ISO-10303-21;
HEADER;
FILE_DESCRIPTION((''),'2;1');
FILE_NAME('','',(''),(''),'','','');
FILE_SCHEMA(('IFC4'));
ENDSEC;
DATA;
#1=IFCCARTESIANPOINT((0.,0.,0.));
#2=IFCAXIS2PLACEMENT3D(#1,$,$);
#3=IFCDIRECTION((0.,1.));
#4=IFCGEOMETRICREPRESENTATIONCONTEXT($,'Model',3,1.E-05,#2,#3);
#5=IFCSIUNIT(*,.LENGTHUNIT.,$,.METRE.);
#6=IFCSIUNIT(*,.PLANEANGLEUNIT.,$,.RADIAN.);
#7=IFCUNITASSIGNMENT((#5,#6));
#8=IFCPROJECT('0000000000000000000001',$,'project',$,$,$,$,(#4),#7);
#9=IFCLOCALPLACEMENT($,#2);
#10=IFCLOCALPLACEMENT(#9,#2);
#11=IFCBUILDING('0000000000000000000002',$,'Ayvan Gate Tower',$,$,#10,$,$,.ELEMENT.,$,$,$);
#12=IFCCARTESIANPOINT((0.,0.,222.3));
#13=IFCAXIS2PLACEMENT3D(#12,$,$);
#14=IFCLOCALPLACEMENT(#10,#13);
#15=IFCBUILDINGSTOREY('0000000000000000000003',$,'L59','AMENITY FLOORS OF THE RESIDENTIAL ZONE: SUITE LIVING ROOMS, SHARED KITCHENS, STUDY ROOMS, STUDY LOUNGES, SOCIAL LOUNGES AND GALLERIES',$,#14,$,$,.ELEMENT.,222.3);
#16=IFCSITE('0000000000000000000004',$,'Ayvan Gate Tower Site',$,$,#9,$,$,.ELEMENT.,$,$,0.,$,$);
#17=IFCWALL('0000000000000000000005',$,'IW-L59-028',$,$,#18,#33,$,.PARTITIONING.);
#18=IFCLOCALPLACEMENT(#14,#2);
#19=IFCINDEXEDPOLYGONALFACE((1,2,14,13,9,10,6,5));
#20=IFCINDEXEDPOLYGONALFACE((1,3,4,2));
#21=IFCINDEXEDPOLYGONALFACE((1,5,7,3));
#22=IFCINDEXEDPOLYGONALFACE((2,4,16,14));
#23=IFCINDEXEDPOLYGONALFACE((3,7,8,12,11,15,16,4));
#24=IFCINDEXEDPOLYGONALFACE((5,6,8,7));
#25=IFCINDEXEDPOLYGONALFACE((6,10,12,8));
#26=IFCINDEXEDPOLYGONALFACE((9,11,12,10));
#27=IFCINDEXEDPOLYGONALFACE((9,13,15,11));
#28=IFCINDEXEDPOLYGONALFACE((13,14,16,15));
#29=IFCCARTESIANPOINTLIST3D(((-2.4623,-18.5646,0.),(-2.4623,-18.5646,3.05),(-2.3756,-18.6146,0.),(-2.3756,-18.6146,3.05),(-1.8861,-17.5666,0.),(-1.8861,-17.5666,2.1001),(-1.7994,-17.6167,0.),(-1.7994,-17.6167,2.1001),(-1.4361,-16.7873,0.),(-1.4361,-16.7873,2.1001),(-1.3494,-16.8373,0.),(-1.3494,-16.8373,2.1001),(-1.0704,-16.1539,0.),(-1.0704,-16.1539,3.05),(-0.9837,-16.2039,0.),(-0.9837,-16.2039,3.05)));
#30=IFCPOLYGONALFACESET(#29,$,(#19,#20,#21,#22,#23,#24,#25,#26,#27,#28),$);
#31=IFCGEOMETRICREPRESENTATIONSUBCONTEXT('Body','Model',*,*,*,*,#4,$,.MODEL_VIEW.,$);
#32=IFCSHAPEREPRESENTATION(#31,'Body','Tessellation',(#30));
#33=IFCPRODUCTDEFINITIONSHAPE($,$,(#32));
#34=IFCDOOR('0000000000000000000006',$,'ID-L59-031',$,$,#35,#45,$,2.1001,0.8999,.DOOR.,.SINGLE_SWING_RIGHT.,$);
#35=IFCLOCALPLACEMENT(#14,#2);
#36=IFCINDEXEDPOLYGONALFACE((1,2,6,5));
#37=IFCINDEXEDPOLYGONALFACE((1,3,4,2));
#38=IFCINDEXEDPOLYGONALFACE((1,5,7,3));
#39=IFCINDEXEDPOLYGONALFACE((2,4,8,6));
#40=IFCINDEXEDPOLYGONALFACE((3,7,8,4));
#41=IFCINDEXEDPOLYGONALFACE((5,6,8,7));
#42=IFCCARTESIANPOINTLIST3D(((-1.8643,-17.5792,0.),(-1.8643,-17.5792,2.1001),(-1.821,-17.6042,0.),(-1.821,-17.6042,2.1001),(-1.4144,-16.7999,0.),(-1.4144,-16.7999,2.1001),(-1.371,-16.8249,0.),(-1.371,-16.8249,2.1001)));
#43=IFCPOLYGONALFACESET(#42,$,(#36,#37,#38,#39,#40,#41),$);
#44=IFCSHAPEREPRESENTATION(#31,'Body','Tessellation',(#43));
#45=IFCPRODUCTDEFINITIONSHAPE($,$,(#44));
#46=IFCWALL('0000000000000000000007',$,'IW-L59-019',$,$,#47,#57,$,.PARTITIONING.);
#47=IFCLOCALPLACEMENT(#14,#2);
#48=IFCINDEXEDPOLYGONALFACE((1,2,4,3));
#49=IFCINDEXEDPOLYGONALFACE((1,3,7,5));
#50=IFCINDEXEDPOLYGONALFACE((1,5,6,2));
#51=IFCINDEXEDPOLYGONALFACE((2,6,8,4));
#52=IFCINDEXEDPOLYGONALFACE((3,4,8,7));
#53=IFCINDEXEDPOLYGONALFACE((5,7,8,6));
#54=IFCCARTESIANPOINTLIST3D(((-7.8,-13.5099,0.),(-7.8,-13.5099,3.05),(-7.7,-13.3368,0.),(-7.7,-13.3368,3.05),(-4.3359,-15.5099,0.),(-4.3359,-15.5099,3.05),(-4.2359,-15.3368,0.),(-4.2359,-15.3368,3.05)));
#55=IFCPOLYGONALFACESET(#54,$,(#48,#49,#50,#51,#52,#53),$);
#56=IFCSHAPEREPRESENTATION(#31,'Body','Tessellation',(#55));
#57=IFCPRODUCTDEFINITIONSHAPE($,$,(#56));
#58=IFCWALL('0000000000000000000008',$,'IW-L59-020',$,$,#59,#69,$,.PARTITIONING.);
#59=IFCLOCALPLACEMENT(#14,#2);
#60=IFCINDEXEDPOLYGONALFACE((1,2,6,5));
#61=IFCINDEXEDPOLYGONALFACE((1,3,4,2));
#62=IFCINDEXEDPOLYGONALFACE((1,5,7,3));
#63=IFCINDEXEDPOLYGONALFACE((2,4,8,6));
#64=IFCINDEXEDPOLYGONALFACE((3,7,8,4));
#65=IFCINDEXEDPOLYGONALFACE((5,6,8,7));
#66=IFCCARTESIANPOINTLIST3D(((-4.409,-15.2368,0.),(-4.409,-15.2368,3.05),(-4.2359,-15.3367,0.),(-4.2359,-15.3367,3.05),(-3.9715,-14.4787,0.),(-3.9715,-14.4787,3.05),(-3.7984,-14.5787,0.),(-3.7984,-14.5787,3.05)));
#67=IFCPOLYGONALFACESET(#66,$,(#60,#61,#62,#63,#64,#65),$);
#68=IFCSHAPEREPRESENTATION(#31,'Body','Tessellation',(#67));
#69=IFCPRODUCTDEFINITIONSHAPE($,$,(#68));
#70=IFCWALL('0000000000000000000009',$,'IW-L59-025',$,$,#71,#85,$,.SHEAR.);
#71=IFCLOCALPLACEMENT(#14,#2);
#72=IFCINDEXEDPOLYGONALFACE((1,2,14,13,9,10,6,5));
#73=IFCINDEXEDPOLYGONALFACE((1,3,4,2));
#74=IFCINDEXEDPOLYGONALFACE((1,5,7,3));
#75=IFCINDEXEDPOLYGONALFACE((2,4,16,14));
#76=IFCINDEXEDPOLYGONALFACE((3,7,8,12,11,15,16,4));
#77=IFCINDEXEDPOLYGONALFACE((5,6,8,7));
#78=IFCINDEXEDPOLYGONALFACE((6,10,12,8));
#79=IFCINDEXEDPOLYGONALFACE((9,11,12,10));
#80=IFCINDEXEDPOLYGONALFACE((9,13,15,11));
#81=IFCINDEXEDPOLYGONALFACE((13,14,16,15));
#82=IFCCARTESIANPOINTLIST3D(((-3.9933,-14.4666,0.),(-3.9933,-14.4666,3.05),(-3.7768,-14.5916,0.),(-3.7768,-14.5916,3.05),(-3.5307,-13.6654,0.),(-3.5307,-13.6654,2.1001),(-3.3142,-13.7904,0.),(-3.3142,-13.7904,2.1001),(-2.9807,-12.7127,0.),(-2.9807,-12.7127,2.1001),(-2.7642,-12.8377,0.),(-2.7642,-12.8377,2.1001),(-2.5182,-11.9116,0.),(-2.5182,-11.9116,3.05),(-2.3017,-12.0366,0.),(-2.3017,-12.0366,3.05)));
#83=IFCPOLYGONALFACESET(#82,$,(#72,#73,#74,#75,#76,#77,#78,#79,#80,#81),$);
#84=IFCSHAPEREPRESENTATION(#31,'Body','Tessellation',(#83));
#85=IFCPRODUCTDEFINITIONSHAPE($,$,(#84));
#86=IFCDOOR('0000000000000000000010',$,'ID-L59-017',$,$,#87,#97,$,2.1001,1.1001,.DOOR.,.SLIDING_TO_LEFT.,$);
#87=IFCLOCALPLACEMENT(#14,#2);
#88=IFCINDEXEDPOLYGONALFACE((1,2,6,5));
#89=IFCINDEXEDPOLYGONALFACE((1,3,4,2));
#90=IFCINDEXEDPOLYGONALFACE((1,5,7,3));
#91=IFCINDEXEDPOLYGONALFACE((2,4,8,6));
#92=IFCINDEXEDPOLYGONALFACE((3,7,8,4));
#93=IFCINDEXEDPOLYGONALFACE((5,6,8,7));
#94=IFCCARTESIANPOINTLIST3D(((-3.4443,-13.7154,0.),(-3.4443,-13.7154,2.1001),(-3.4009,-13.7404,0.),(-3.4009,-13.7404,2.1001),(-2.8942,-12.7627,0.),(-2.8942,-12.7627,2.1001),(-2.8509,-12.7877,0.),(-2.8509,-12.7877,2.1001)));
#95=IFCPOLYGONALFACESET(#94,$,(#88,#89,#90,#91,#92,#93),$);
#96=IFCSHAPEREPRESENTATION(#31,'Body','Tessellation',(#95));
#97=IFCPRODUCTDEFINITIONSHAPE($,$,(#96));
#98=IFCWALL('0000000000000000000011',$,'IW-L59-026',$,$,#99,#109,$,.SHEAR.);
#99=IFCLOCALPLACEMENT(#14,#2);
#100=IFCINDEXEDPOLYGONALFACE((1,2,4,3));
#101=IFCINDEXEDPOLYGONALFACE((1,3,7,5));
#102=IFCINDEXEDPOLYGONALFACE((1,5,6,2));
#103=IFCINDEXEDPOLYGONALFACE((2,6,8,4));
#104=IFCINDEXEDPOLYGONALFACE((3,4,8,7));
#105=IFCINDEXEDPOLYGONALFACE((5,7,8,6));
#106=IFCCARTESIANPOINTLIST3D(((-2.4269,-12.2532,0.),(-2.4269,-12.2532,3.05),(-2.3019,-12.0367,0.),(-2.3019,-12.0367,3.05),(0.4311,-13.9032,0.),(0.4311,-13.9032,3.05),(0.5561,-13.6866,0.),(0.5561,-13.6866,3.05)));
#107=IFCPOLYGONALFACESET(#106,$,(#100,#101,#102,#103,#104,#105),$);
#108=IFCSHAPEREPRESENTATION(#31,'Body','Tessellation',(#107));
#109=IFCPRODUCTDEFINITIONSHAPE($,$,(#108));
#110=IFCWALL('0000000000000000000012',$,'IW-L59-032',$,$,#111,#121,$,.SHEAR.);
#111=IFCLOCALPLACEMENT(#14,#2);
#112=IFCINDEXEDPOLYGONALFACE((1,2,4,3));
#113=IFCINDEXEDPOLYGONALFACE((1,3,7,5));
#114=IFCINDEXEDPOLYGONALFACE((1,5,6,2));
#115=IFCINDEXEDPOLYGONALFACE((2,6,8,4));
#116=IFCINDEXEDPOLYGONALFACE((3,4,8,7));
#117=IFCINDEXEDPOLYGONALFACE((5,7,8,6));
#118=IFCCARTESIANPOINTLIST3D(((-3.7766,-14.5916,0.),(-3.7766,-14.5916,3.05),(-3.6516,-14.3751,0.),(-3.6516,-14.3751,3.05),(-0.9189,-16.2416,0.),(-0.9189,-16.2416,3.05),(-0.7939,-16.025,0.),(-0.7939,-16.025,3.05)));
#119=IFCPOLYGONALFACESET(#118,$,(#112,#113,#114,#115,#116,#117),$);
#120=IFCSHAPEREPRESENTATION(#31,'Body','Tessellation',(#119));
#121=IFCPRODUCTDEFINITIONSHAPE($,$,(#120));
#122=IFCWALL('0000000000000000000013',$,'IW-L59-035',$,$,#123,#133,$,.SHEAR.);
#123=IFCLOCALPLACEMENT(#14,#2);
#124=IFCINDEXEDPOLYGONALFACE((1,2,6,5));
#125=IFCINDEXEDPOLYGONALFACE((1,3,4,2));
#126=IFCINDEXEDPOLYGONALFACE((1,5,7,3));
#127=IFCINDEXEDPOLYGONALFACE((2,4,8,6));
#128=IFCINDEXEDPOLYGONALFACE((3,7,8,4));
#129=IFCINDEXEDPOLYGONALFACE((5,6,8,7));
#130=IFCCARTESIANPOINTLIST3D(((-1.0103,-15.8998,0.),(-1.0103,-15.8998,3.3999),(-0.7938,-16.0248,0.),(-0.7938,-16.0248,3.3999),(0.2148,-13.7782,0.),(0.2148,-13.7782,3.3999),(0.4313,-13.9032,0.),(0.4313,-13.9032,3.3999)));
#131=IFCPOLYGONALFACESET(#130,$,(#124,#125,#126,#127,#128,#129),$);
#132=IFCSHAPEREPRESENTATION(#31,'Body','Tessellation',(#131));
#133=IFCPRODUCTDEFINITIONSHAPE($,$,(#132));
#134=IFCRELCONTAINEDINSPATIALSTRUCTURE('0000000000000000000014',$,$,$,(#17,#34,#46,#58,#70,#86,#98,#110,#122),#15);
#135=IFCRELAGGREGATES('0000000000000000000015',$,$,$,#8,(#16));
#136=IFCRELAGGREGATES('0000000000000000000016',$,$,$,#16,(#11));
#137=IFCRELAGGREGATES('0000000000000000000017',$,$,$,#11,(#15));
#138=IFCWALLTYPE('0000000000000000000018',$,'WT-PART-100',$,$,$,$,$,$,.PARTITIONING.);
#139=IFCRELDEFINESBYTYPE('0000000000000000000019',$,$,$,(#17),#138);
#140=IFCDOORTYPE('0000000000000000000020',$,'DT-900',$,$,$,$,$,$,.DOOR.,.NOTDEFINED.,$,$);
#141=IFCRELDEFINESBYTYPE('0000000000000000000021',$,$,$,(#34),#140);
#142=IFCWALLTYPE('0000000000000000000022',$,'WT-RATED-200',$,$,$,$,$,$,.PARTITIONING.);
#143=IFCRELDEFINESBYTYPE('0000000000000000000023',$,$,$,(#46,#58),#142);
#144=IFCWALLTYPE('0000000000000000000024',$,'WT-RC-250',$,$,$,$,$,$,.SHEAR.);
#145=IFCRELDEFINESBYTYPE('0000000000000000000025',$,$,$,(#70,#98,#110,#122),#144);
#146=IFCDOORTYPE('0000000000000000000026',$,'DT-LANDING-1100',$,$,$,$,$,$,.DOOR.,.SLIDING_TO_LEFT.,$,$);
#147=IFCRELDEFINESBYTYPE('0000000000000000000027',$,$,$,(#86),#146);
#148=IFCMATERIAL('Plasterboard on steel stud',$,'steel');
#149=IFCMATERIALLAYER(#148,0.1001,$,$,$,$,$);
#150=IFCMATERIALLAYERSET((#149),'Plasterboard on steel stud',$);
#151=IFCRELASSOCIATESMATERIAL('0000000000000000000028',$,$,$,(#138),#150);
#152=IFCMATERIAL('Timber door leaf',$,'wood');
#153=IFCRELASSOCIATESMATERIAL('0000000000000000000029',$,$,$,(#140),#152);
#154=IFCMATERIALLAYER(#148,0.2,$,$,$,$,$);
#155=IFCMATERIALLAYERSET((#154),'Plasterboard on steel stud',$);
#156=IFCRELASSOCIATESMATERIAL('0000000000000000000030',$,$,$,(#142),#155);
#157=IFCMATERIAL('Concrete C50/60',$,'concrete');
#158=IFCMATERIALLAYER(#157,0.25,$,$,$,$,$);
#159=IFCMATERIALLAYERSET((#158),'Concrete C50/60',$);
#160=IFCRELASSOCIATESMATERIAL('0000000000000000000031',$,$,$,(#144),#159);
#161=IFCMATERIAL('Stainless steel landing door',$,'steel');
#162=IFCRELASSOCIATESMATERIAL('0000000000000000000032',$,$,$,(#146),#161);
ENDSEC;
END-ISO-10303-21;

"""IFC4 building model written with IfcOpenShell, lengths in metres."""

from ifc_helpers import new_model, si_unit, direction, frame, frame_2d, origin, place, context, subcontext, project, spatial, rectangle, extrude, material, layer, layer_set, type_object, element, fill, save


model = new_model("IFC4")

# Units and contexts
model_context = context("Model", 3, precision=1e-05, world=origin(), true_north=direction((0.0, 1.0)))
body_context = subcontext(model_context, "Body", "Model", "MODEL_VIEW")
ifc_project = project(units=[si_unit("LENGTHUNIT", "METRE"), si_unit("PLANEANGLEUNIT", "RADIAN")], contexts=[model_context])

# Site, building, storey
site_placement = place(None, origin())
site = spatial("IfcSite", under=ifc_project, at=site_placement, Name="Ayvan Gate Tower Site", CompositionType="ELEMENT", RefElevation=0.0)
building_placement = place(site_placement, origin())
building = spatial("IfcBuilding", under=site, at=building_placement, Name="Ayvan Gate Tower", CompositionType="ELEMENT")
storey_placement = place(building_placement, frame((0.0, 0.0, 222.3)))
storey = spatial("IfcBuildingStorey", under=building, at=storey_placement, Name="L59", Description="AMENITY FLOORS OF THE RESIDENTIAL ZONE: SUITE LIVING ROOMS, SHARED KITCHENS, STUDY ROOMS, STUDY LOUNGES, SOCIAL LOUNGES AND GALLERIES", CompositionType="ELEMENT", Elevation=222.3)

# Shared definitions
ifc_material_1 = material(Name="Concrete C50/60", Category="concrete")

# Wall, opening, door
ifc_material_2 = material(Name="Plasterboard on steel stud", Category="steel")
ifc_layer_1 = layer(ifc_material_2, 0.1001)
ifc_layer_set_1 = layer_set([ifc_layer_1], Name="Plasterboard on steel stud")
wall_type_1 = type_object("IfcWallType", Name="WT-PART-100", PredefinedType="PARTITIONING", material=ifc_layer_set_1)
wall_1_placement = place(storey_placement, frame((-2.4189, -18.5896, 0.0), z_axis=(0.0, 0.0, 1.0), x_axis=(0.500016, 0.866016, 0.0)))
wall_1 = element("IfcWall", 1, at=wall_1_placement, inside=storey, type_object=wall_type_1, Name="IW-L59-028", PredefinedType="PARTITIONING", context=body_context, shape_type="SweptSolid", body=[
    extrude(rectangle(XDim=2.7837, YDim=0.1001, at=frame_2d((1.3918, 0.0))), origin(), (0.0, 0.0, 1.0), 3.05),
])
opening_1_placement = place(wall_1_placement, frame((1.1523, 0.0, 0.0)))
opening_1 = element("IfcOpeningElement", 2, at=opening_1_placement, cuts=wall_1, PredefinedType="OPENING", context=body_context, shape_type="SweptSolid", body=[
    extrude(rectangle(XDim=0.8999, YDim=2.1001, at=frame_2d((0.45, 1.05))), frame((0.0, 0.0601, 0.0), z_axis=(0.0, -1.0, 0.0), x_axis=(1.0, 0.0, 0.0)), (0.0, 0.0, 1.0), 0.1201),
])
ifc_material_3 = material(Name="Timber door leaf", Category="wood")
door_type_1 = type_object("IfcDoorType", Name="DT-900", OperationType="NOTDEFINED", PredefinedType="DOOR", material=ifc_material_3)
door_1_placement = place(opening_1_placement, origin())
door_1 = element("IfcDoor", 3, at=door_1_placement, inside=storey, type_object=door_type_1, Name="ID-L59-031", OperationType="SINGLE_SWING_RIGHT", OverallHeight=2.1001, OverallWidth=0.8999, PredefinedType="DOOR", context=body_context, shape_type="SweptSolid", body=[
    extrude(rectangle(XDim=0.8999, YDim=2.1001, at=frame_2d((0.45, 1.05))), frame((0.0, 0.0249, 0.0), z_axis=(0.0, -1.0, 0.0), x_axis=(1.0, 0.0, 0.0)), (0.0, 0.0, 1.0), 0.05),
])
fill(opening_1, door_1)

# Walls
ifc_layer_2 = layer(ifc_material_2, 0.2)
ifc_layer_set_2 = layer_set([ifc_layer_2], Name="Plasterboard on steel stud")
wall_type_2 = type_object("IfcWallType", Name="WT-RATED-200", PredefinedType="PARTITIONING", material=ifc_layer_set_2)
wall_2_placement = place(storey_placement, frame((-4.2859, -15.4233, 0.0), z_axis=(0.0, 0.0, 1.0), x_axis=(-0.866026, 0.499999, 0.0)))
element("IfcWall", 4, at=wall_2_placement, inside=storey, type_object=wall_type_2, Name="IW-L59-019", PredefinedType="PARTITIONING", context=body_context, shape_type="SweptSolid", body=[
    extrude(rectangle(XDim=4.0, YDim=0.2, at=frame_2d((2.0, 0.0))), origin(), (0.0, 0.0, 1.0), 3.05),
])
wall_3_placement = place(storey_placement, frame((-3.885, -14.5288, 0.0), z_axis=(0.0, 0.0, 1.0), x_axis=(-0.499859, -0.866107, 0.0)))
element("IfcWall", 5, at=wall_3_placement, inside=storey, type_object=wall_type_2, Name="IW-L59-020", PredefinedType="PARTITIONING", context=body_context, shape_type="SweptSolid", body=[
    extrude(rectangle(XDim=0.8752, YDim=0.2, at=frame_2d((0.4375, 0.0))), origin(), (0.0, 0.0, 1.0), 3.05),
])

# Wall, opening, door
ifc_layer_3 = layer(ifc_material_1, 0.25)
ifc_layer_set_3 = layer_set([ifc_layer_3], Name="Concrete C50/60")
wall_type_3 = type_object("IfcWallType", Name="WT-RC-250", PredefinedType="SHEAR", material=ifc_layer_set_3)
wall_4_placement = place(storey_placement, frame((-2.4099, -11.9741, 0.0), z_axis=(0.0, 0.0, 1.0), x_axis=(-0.500002, -0.866024, 0.0)))
wall_4 = element("IfcWall", 6, at=wall_4_placement, inside=storey, type_object=wall_type_3, Name="IW-L59-025", PredefinedType="SHEAR", context=body_context, shape_type="SweptSolid", body=[
    extrude(rectangle(XDim=2.9502, YDim=0.25, at=frame_2d((1.4751, 0.0))), origin(), (0.0, 0.0, 1.0), 3.05),
])
opening_2_placement = place(wall_4_placement, frame((0.925, 0.0, 0.0)))
opening_2 = element("IfcOpeningElement", 7, at=opening_2_placement, cuts=wall_4, PredefinedType="OPENING", context=body_context, shape_type="SweptSolid", body=[
    extrude(rectangle(XDim=1.1001, YDim=2.1001, at=frame_2d((0.55, 1.05))), frame((0.0, 0.135, 0.0), z_axis=(0.0, -1.0, 0.0), x_axis=(1.0, 0.0, 0.0)), (0.0, 0.0, 1.0), 0.27),
])
ifc_material_4 = material(Name="Stainless steel landing door", Category="steel")
door_type_2 = type_object("IfcDoorType", Name="DT-LANDING-1100", OperationType="SLIDING_TO_LEFT", PredefinedType="DOOR", material=ifc_material_4)
door_2_placement = place(opening_2_placement, origin())
door_2 = element("IfcDoor", 8, at=door_2_placement, inside=storey, type_object=door_type_2, Name="ID-L59-017", OperationType="SLIDING_TO_LEFT", OverallHeight=2.1001, OverallWidth=1.1001, PredefinedType="DOOR", context=body_context, shape_type="SweptSolid", body=[
    extrude(rectangle(XDim=1.1001, YDim=2.1001, at=frame_2d((0.55, 1.05))), frame((0.0, 0.0249, 0.0), z_axis=(0.0, -1.0, 0.0), x_axis=(1.0, 0.0, 0.0)), (0.0, 0.0, 1.0), 0.05),
])
fill(opening_2, door_2)

# Walls
wall_5_placement = place(storey_placement, frame((-2.3643, -12.145, 0.0), z_axis=(0.0, 0.0, 1.0), x_axis=(0.86604, -0.499974, 0.0)))
element("IfcWall", 9, at=wall_5_placement, inside=storey, type_object=wall_type_3, Name="IW-L59-026", PredefinedType="SHEAR", context=body_context, shape_type="SweptSolid", body=[
    extrude(rectangle(XDim=3.3, YDim=0.25, at=frame_2d((1.6499, 0.0))), origin(), (0.0, 0.0, 1.0), 3.05),
])
wall_6_placement = place(storey_placement, frame((-0.8564, -16.1333, 0.0), z_axis=(0.0, 0.0, 1.0), x_axis=(-0.866022, 0.500006, 0.0)))
element("IfcWall", 10, at=wall_6_placement, inside=storey, type_object=wall_type_3, Name="IW-L59-032", PredefinedType="SHEAR", context=body_context, shape_type="SweptSolid", body=[
    extrude(rectangle(XDim=3.2998, YDim=0.25, at=frame_2d((1.6499, 0.0))), origin(), (0.0, 0.0, 1.0), 3.05),
])
wall_7_placement = place(storey_placement, frame((-0.9021, -15.9624, 0.0), z_axis=(0.0, 0.0, 1.0), x_axis=(0.500062, 0.86599, 0.0)))
element("IfcWall", 11, at=wall_7_placement, inside=storey, type_object=wall_type_3, Name="IW-L59-035", PredefinedType="SHEAR", context=body_context, shape_type="SweptSolid", body=[
    extrude(rectangle(XDim=2.45, YDim=0.25, at=frame_2d((1.2251, 0.0))), origin(), (0.0, 0.0, 1.0), 3.3999),
])

save(model, "model.ifc")
